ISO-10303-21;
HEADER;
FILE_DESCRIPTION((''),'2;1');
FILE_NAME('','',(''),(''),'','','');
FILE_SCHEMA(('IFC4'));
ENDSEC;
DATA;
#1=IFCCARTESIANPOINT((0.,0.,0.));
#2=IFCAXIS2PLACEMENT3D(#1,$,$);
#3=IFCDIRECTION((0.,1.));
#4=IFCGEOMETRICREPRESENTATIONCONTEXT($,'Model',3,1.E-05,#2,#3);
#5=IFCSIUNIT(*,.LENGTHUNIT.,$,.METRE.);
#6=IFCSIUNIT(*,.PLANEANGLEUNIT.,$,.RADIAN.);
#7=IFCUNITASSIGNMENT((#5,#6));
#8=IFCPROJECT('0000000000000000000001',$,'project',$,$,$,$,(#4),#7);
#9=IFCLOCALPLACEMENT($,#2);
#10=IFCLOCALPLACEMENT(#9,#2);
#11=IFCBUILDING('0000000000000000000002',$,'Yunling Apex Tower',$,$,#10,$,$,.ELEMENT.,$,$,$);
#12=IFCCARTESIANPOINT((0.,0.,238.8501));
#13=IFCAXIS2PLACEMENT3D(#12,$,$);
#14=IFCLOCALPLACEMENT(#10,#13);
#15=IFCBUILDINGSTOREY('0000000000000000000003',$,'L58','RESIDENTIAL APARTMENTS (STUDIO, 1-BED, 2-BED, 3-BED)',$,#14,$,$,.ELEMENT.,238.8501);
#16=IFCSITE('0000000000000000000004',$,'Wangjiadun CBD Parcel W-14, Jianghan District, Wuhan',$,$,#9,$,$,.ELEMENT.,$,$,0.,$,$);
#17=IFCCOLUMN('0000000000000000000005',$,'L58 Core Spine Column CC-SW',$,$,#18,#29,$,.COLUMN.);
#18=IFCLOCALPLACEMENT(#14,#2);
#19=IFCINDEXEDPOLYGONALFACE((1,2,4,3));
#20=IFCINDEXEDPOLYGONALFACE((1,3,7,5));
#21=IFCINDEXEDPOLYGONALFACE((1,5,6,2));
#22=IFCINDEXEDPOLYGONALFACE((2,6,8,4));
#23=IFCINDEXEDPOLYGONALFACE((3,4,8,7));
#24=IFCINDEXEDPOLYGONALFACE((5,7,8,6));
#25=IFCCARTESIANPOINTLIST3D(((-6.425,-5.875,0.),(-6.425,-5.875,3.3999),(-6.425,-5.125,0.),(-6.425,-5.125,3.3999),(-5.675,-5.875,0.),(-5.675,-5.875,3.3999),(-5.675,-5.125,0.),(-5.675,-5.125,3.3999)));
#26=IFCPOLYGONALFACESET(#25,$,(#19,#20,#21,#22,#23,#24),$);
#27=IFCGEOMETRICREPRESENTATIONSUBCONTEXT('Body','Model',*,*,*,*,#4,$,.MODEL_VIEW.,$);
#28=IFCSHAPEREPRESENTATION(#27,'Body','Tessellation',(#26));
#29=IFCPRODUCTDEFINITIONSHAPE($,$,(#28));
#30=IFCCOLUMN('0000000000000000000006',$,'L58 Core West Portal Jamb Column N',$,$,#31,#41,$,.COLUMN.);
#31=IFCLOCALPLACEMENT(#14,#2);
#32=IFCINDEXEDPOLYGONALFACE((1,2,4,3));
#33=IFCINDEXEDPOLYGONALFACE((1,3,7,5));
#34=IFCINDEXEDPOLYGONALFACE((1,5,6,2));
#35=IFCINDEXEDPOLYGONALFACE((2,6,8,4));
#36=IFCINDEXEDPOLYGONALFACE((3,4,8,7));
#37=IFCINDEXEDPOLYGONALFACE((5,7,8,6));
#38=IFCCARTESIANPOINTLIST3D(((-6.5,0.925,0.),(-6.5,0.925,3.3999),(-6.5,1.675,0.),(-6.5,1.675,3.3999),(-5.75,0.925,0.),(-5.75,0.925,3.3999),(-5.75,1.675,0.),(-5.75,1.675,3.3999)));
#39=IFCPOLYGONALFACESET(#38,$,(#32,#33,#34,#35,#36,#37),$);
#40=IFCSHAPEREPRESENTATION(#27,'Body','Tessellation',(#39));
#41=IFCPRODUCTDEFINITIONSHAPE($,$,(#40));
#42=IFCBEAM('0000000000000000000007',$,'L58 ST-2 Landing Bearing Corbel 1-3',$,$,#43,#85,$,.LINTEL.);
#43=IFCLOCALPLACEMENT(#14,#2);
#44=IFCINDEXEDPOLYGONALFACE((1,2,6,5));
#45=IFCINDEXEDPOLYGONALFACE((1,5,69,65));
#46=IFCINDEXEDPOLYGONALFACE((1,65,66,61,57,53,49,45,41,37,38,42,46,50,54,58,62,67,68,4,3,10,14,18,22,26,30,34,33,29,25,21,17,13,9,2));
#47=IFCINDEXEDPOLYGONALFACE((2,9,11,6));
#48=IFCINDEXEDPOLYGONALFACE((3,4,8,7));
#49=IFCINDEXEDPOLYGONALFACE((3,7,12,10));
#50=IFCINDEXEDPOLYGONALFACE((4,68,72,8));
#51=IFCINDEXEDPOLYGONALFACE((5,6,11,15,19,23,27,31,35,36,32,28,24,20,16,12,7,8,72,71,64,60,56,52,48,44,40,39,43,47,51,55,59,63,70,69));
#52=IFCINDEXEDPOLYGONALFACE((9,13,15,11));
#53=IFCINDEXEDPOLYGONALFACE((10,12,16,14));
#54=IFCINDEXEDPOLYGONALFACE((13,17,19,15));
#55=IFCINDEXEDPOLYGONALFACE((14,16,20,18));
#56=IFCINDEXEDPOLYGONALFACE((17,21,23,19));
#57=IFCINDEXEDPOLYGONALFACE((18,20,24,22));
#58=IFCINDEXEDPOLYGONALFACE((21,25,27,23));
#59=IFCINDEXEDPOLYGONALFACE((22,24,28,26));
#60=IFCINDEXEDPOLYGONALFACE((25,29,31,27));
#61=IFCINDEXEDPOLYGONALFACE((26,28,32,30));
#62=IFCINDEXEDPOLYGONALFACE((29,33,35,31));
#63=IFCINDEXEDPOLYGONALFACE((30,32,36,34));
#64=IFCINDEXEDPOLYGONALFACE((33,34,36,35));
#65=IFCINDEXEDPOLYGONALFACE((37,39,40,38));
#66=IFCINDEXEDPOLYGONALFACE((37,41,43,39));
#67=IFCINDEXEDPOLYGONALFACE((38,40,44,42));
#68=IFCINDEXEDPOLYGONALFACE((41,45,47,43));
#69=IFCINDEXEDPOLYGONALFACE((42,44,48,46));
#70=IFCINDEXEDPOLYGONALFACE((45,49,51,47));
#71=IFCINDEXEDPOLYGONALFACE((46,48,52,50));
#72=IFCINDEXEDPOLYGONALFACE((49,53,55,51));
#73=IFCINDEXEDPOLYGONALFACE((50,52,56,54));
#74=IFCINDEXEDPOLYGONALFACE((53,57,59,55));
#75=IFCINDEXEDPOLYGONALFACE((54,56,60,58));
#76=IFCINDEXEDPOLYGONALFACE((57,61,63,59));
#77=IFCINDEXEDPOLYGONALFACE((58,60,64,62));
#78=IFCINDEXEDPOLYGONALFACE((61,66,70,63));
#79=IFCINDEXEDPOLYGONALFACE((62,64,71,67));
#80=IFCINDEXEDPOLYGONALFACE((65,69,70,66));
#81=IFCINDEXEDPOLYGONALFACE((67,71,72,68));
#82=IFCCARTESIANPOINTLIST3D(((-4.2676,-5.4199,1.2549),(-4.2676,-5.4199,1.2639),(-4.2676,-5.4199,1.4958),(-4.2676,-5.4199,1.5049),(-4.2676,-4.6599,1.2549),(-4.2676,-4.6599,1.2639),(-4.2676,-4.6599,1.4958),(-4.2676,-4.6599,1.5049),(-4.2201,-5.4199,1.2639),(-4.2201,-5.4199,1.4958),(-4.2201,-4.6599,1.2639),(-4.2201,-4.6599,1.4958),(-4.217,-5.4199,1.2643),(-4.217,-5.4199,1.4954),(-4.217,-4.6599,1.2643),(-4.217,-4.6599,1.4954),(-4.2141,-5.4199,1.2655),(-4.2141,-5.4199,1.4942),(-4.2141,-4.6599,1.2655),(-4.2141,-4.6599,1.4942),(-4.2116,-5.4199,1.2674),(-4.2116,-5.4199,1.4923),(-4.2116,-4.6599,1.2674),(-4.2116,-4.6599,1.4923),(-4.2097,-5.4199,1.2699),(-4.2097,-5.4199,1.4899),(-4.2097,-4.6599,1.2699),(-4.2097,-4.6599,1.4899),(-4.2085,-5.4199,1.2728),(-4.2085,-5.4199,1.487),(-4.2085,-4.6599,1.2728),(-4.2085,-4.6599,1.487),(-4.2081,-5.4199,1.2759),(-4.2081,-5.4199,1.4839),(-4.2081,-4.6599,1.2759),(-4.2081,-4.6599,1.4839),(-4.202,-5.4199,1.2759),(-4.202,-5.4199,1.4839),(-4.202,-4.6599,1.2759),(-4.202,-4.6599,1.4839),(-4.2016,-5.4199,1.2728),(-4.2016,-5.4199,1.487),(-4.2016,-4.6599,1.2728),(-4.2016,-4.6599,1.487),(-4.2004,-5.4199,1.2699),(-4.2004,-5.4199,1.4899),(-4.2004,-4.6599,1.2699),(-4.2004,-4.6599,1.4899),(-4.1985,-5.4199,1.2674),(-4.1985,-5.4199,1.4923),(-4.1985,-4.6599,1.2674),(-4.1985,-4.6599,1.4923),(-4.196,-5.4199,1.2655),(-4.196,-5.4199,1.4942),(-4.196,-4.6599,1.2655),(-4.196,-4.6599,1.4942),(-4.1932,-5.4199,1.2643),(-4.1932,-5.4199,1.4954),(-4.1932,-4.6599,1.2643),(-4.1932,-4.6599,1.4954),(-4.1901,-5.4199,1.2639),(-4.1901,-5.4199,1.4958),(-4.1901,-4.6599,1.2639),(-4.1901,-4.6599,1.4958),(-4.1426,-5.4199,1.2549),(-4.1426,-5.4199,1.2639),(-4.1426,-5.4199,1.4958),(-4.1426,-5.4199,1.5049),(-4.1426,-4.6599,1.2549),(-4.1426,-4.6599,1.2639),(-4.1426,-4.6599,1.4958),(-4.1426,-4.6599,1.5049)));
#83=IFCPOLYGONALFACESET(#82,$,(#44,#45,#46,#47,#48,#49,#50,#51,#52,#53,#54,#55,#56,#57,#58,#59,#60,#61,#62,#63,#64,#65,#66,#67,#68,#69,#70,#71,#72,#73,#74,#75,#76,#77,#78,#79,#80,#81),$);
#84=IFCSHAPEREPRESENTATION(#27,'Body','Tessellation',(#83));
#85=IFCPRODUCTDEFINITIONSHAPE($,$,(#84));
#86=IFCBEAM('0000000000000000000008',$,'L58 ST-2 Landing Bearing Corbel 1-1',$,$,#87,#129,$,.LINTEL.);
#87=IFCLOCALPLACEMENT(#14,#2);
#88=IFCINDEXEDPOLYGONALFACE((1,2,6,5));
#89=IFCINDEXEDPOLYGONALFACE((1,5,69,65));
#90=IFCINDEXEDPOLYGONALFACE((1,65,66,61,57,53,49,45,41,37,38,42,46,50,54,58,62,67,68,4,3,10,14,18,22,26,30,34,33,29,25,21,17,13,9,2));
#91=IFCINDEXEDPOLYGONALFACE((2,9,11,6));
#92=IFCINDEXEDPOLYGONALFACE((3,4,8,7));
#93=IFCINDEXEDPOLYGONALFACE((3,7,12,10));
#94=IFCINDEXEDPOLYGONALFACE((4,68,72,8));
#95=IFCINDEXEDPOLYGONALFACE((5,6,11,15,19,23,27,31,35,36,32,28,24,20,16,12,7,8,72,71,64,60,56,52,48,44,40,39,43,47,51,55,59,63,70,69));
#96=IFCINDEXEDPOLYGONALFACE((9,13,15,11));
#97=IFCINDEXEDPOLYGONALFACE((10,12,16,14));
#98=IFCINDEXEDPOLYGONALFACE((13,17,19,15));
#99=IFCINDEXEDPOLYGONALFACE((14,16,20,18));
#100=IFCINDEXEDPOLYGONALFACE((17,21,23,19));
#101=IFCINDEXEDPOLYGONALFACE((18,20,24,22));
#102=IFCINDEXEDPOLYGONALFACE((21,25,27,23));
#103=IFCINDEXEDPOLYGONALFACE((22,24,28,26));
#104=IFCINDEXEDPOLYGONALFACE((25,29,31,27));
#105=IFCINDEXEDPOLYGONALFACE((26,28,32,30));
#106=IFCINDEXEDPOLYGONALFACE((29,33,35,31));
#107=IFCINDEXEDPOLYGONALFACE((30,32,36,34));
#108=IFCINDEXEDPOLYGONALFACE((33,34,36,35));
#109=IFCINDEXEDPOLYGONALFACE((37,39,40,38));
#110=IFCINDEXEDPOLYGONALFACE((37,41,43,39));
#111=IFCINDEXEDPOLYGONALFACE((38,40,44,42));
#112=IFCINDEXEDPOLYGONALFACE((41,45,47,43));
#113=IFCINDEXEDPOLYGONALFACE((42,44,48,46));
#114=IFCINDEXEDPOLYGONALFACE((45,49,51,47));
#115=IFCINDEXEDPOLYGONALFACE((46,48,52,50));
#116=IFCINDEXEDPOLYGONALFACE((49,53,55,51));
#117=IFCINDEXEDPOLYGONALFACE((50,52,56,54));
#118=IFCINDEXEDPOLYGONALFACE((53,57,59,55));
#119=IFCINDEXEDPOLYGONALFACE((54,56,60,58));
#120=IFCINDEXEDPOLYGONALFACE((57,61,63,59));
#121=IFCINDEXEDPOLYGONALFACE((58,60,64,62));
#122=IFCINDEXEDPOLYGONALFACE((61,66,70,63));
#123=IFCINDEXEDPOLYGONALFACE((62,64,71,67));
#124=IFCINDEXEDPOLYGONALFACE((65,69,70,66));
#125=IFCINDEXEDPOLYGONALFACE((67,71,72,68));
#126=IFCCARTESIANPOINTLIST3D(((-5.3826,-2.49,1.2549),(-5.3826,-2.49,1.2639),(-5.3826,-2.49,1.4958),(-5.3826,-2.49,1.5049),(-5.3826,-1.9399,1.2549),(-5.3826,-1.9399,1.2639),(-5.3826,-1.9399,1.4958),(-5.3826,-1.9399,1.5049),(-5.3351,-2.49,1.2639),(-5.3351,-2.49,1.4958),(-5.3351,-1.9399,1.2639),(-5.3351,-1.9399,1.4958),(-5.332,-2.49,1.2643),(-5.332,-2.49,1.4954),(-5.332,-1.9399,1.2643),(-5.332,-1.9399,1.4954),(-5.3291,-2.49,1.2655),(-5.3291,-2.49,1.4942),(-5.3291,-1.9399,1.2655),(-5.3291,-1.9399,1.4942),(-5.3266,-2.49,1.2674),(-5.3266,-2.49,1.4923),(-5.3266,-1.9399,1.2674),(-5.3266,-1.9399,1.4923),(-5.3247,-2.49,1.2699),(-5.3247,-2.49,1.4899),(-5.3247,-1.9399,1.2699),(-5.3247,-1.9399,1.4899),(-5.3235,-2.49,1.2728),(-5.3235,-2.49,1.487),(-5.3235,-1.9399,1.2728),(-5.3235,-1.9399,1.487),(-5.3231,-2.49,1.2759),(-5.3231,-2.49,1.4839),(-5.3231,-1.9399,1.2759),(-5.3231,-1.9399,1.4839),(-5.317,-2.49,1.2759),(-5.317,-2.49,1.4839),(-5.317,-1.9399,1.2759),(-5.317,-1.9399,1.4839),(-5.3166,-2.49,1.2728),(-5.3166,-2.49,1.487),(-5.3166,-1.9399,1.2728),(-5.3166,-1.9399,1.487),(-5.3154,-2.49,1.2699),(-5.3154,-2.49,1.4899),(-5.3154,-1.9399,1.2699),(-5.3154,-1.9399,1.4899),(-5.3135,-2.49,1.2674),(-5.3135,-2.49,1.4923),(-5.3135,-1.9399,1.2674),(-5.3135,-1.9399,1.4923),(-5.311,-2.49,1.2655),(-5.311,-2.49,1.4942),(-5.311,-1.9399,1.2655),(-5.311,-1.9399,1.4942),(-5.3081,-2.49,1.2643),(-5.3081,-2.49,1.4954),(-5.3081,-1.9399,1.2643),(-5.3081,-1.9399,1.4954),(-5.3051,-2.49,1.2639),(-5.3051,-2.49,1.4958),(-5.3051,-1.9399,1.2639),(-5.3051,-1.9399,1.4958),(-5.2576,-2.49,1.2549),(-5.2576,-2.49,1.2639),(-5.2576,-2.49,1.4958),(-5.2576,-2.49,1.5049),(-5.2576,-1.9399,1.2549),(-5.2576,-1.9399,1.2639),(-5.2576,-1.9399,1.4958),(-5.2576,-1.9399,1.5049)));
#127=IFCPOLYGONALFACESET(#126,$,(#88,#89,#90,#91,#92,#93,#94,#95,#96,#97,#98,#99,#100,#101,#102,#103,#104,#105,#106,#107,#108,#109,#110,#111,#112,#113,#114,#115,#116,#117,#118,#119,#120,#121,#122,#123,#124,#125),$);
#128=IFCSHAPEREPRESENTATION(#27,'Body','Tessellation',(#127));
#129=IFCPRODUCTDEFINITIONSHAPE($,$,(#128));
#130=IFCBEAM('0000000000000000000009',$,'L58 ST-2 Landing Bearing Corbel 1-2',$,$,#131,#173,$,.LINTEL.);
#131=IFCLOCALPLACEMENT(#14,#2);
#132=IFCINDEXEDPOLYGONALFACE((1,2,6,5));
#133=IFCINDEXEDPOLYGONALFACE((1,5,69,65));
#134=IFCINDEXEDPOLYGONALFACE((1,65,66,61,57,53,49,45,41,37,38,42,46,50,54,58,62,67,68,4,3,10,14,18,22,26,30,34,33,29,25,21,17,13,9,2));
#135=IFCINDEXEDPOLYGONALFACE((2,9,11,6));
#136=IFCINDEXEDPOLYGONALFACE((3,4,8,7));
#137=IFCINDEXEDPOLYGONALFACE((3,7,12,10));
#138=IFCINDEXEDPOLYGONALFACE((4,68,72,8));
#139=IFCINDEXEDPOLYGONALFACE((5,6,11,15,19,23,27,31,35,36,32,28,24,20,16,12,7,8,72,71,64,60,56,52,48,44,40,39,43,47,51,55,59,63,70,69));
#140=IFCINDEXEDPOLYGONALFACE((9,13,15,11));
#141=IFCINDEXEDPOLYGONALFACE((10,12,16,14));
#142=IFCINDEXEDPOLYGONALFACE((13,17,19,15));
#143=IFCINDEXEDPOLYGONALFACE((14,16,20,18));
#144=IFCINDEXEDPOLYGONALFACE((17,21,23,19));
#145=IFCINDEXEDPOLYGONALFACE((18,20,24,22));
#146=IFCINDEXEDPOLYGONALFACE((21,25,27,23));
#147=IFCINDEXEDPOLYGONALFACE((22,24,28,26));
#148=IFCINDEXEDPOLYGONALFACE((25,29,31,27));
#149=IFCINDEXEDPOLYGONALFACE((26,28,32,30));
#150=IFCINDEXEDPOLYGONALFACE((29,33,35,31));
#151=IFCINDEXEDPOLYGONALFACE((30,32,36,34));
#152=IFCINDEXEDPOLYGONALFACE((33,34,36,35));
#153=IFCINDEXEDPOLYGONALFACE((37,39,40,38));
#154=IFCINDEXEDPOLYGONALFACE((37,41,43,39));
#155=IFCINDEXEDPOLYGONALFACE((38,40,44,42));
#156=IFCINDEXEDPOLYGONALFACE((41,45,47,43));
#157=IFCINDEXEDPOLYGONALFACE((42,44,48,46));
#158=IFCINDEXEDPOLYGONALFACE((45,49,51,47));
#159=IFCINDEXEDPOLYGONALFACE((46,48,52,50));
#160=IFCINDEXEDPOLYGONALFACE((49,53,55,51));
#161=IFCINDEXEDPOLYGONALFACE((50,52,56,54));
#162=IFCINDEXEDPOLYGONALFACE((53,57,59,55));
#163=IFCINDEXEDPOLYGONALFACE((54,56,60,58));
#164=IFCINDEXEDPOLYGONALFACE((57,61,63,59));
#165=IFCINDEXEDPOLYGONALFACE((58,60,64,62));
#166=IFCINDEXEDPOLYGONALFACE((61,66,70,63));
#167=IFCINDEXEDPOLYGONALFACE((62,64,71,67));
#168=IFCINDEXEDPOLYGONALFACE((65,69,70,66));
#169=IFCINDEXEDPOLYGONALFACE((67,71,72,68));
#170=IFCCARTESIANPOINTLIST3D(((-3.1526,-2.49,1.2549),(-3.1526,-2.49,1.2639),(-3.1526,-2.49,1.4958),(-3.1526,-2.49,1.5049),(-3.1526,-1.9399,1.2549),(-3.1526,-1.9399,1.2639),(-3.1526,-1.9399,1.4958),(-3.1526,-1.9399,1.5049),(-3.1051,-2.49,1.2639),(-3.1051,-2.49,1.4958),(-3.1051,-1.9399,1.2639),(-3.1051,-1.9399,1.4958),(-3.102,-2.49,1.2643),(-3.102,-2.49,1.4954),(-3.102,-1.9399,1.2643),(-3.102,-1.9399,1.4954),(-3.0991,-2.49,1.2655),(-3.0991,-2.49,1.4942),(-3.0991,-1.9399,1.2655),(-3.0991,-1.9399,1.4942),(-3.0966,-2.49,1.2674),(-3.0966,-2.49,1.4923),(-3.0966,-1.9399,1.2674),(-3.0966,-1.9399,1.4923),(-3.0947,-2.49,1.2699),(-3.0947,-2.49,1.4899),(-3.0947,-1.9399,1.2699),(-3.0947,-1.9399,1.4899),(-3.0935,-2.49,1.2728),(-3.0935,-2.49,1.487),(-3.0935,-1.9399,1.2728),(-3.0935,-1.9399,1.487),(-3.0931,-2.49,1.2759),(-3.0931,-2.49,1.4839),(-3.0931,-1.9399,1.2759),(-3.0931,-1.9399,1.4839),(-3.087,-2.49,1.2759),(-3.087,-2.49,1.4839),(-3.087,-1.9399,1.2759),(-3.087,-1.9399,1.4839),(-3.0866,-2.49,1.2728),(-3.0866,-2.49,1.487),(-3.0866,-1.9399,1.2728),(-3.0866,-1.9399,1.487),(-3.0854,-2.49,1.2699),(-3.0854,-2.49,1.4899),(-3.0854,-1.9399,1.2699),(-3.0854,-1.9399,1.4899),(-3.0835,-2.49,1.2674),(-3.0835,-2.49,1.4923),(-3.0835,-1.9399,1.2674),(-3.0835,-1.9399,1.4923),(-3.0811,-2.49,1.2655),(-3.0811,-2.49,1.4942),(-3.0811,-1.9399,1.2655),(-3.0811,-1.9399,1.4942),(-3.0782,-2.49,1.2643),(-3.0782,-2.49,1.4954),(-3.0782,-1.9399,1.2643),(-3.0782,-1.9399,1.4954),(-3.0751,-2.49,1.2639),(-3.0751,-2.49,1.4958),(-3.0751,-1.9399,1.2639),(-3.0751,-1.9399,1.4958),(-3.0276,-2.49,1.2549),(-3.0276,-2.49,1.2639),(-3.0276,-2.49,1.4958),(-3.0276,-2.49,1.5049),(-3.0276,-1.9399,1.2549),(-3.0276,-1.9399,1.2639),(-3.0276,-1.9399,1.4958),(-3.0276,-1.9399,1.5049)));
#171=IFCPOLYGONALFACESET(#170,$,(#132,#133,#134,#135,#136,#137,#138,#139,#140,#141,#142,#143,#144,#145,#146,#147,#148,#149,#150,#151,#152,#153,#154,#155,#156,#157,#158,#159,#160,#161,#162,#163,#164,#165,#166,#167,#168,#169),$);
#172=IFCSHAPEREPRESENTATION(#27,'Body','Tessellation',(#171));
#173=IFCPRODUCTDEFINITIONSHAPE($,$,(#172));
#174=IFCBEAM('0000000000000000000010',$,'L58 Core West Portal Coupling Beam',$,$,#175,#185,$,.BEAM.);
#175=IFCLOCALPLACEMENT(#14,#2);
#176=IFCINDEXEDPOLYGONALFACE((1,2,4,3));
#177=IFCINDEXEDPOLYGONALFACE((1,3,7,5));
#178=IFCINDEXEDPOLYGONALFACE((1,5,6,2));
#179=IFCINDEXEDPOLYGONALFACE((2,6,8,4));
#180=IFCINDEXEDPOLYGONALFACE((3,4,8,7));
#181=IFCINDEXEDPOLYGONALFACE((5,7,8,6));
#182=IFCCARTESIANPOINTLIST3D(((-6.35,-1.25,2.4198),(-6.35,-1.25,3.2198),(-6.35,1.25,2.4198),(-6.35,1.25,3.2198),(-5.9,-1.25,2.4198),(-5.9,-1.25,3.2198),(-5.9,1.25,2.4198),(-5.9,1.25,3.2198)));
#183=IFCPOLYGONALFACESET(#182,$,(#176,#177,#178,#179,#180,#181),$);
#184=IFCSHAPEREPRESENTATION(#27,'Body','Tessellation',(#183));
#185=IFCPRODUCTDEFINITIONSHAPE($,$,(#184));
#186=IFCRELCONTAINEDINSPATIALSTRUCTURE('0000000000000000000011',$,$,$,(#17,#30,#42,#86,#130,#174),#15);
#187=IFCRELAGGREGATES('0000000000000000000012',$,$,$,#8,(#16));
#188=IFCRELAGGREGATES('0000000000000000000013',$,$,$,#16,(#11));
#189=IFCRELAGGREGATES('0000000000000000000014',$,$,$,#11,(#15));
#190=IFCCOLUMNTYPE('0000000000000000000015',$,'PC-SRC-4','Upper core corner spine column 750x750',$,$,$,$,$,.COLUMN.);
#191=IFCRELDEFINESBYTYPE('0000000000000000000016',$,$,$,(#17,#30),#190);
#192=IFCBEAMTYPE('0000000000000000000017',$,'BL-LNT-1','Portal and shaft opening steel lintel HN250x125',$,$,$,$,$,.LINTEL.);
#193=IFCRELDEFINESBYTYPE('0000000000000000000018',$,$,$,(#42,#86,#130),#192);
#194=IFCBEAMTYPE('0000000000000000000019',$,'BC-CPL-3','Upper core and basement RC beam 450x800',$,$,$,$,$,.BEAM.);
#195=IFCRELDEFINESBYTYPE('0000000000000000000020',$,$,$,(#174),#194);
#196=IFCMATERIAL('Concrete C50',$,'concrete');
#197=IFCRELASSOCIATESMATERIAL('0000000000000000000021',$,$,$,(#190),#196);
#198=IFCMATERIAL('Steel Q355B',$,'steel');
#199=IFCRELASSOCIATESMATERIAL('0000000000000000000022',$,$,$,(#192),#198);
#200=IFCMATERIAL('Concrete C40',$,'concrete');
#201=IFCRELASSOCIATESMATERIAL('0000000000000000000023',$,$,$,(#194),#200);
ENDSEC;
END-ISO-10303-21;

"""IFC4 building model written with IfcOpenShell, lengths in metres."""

from ifc_helpers import new_model, si_unit, direction, frame, origin, origin_2d, place, context, subcontext, project, spatial, rectangle, i_section, extrude, source, transform, mapped, material, material_profile, profile_set, type_object, element, save


model = new_model("IFC4")

# Units and contexts
model_context = context("Model", 3, precision=1e-05, world=origin(), true_north=direction((0.0, 1.0)))
body_context = subcontext(model_context, "Body", "Model", "MODEL_VIEW")
ifc_project = project(units=[si_unit("LENGTHUNIT", "METRE"), si_unit("PLANEANGLEUNIT", "RADIAN")], contexts=[model_context])

# Site, building, storey
site_placement = place(None, origin())
site = spatial("IfcSite", under=ifc_project, at=site_placement, Name="Wangjiadun CBD Parcel W-14, Jianghan District, Wuhan", CompositionType="ELEMENT", RefElevation=0.0)
building_placement = place(site_placement, origin())
building = spatial("IfcBuilding", under=site, at=building_placement, Name="Yunling Apex Tower", CompositionType="ELEMENT")
storey_placement = place(building_placement, frame((0.0, 0.0, 238.8501)))
storey = spatial("IfcBuildingStorey", under=building, at=storey_placement, Name="L58", Description="RESIDENTIAL APARTMENTS (STUDIO, 1-BED, 2-BED, 3-BED)", CompositionType="ELEMENT", Elevation=238.8501)

# Columns
ifc_material_1 = material(Name="Concrete C50", Category="concrete")
ifc_material_profile_1 = material_profile(ifc_material_1, rectangle(XDim=0.75, YDim=0.75, at=origin_2d()))
ifc_profile_set_1 = profile_set([ifc_material_profile_1], Name="Concrete C50")
column_type = type_object("IfcColumnType", Name="PC-SRC-4", Description="Upper core corner spine column 750x750", PredefinedType="COLUMN", material=ifc_profile_set_1)
shared_shape_1 = source(origin(), body_context, "Body", "SweptSolid", [
    extrude(rectangle(XDim=0.75, YDim=0.75, at=origin_2d()), origin(), (0.0, 0.0, 1.0), 3.3999),
])
for number, where, z_axis, x_axis, name in (
    (1, (-6.05, -5.5, 0.0), (0.0, 0.0, 1.0), (1.0, 0.0, 0.0), "L58 Core Spine Column CC-SW"),
    (2, (-6.125, 1.3, 0.0), (0.0, 0.0, 1.0), (1.0, 0.0, 0.0), "L58 Core West Portal Jamb Column N"),
):
    element("IfcColumn", number, at=place(storey_placement, frame(where, z_axis=z_axis, x_axis=x_axis)), inside=storey, type_object=column_type, Name=name, PredefinedType="COLUMN", context=body_context, shape_type="MappedRepresentation", body=[
        mapped(shared_shape_1, transform((0.0, 0.0, 0.0), scale=1.0)),
    ])

# Beams
ifc_material_2 = material(Name="Steel Q355B", Category="steel")
ifc_material_profile_2 = material_profile(ifc_material_2, i_section(OverallWidth=0.125, OverallDepth=0.25, WebThickness=0.0061, FlangeThickness=0.009, FilletRadius=0.012, at=origin_2d()))
ifc_profile_set_2 = profile_set([ifc_material_profile_2], Name="Steel Q355B")
beam_type_1 = type_object("IfcBeamType", Name="BL-LNT-1", Description="Portal and shaft opening steel lintel HN250x125", PredefinedType="LINTEL", material=ifc_profile_set_2)
shared_shape_2 = source(origin(), body_context, "Body", "SweptSolid", [
    extrude(i_section(OverallWidth=0.125, OverallDepth=0.25, WebThickness=0.0061, FlangeThickness=0.009, FilletRadius=0.012, at=origin_2d()), origin(), (0.0, 0.0, 1.0), 0.76),
])
beam_1_placement = place(storey_placement, frame((-4.2051, -5.4199, 1.3799), z_axis=(0.0, 1.0, 0.0), x_axis=(-1.0, 0.0, 0.0)))
element("IfcBeam", 3, at=beam_1_placement, inside=storey, type_object=beam_type_1, Name="L58 ST-2 Landing Bearing Corbel 1-3", PredefinedType="LINTEL", context=body_context, shape_type="MappedRepresentation", body=[
    mapped(shared_shape_2, transform((0.0, 0.0, 0.0), scale=1.0)),
])
shared_shape_3 = source(origin(), body_context, "Body", "SweptSolid", [
    extrude(i_section(OverallWidth=0.125, OverallDepth=0.25, WebThickness=0.0061, FlangeThickness=0.009, FilletRadius=0.012, at=origin_2d()), origin(), (0.0, 0.0, 1.0), 0.55),
])
for number, where, z_axis, x_axis, name in (
    (4, (-5.3201, -1.9399, 1.3799), (0.0, -1.0, 0.0), (1.0, 0.0, 0.0), "L58 ST-2 Landing Bearing Corbel 1-1"),
    (5, (-3.0901, -1.9399, 1.3799), (0.0, -1.0, 0.0), (1.0, 0.0, 0.0), "L58 ST-2 Landing Bearing Corbel 1-2"),
):
    element("IfcBeam", number, at=place(storey_placement, frame(where, z_axis=z_axis, x_axis=x_axis)), inside=storey, type_object=beam_type_1, Name=name, PredefinedType="LINTEL", context=body_context, shape_type="MappedRepresentation", body=[
        mapped(shared_shape_3, transform((0.0, 0.0, 0.0), scale=1.0)),
    ])
ifc_material_3 = material(Name="Concrete C40", Category="concrete")
ifc_material_profile_3 = material_profile(ifc_material_3, rectangle(XDim=0.45, YDim=0.8, at=origin_2d()))
ifc_profile_set_3 = profile_set([ifc_material_profile_3], Name="Concrete C40")
beam_type_2 = type_object("IfcBeamType", Name="BC-CPL-3", Description="Upper core and basement RC beam 450x800", PredefinedType="BEAM", material=ifc_profile_set_3)
shared_shape_4 = source(origin(), body_context, "Body", "SweptSolid", [
    extrude(rectangle(XDim=0.45, YDim=0.8, at=origin_2d()), origin(), (0.0, 0.0, 1.0), 2.5),
])
beam_2_placement = place(storey_placement, frame((-6.125, -1.25, 2.8198), z_axis=(0.0, 1.0, 0.0), x_axis=(-1.0, 0.0, 0.0)))
element("IfcBeam", 6, at=beam_2_placement, inside=storey, type_object=beam_type_2, Name="L58 Core West Portal Coupling Beam", PredefinedType="BEAM", context=body_context, shape_type="MappedRepresentation", body=[
    mapped(shared_shape_4, transform((0.0, 0.0, 0.0), scale=1.0)),
])

save(model, "model.ifc")
